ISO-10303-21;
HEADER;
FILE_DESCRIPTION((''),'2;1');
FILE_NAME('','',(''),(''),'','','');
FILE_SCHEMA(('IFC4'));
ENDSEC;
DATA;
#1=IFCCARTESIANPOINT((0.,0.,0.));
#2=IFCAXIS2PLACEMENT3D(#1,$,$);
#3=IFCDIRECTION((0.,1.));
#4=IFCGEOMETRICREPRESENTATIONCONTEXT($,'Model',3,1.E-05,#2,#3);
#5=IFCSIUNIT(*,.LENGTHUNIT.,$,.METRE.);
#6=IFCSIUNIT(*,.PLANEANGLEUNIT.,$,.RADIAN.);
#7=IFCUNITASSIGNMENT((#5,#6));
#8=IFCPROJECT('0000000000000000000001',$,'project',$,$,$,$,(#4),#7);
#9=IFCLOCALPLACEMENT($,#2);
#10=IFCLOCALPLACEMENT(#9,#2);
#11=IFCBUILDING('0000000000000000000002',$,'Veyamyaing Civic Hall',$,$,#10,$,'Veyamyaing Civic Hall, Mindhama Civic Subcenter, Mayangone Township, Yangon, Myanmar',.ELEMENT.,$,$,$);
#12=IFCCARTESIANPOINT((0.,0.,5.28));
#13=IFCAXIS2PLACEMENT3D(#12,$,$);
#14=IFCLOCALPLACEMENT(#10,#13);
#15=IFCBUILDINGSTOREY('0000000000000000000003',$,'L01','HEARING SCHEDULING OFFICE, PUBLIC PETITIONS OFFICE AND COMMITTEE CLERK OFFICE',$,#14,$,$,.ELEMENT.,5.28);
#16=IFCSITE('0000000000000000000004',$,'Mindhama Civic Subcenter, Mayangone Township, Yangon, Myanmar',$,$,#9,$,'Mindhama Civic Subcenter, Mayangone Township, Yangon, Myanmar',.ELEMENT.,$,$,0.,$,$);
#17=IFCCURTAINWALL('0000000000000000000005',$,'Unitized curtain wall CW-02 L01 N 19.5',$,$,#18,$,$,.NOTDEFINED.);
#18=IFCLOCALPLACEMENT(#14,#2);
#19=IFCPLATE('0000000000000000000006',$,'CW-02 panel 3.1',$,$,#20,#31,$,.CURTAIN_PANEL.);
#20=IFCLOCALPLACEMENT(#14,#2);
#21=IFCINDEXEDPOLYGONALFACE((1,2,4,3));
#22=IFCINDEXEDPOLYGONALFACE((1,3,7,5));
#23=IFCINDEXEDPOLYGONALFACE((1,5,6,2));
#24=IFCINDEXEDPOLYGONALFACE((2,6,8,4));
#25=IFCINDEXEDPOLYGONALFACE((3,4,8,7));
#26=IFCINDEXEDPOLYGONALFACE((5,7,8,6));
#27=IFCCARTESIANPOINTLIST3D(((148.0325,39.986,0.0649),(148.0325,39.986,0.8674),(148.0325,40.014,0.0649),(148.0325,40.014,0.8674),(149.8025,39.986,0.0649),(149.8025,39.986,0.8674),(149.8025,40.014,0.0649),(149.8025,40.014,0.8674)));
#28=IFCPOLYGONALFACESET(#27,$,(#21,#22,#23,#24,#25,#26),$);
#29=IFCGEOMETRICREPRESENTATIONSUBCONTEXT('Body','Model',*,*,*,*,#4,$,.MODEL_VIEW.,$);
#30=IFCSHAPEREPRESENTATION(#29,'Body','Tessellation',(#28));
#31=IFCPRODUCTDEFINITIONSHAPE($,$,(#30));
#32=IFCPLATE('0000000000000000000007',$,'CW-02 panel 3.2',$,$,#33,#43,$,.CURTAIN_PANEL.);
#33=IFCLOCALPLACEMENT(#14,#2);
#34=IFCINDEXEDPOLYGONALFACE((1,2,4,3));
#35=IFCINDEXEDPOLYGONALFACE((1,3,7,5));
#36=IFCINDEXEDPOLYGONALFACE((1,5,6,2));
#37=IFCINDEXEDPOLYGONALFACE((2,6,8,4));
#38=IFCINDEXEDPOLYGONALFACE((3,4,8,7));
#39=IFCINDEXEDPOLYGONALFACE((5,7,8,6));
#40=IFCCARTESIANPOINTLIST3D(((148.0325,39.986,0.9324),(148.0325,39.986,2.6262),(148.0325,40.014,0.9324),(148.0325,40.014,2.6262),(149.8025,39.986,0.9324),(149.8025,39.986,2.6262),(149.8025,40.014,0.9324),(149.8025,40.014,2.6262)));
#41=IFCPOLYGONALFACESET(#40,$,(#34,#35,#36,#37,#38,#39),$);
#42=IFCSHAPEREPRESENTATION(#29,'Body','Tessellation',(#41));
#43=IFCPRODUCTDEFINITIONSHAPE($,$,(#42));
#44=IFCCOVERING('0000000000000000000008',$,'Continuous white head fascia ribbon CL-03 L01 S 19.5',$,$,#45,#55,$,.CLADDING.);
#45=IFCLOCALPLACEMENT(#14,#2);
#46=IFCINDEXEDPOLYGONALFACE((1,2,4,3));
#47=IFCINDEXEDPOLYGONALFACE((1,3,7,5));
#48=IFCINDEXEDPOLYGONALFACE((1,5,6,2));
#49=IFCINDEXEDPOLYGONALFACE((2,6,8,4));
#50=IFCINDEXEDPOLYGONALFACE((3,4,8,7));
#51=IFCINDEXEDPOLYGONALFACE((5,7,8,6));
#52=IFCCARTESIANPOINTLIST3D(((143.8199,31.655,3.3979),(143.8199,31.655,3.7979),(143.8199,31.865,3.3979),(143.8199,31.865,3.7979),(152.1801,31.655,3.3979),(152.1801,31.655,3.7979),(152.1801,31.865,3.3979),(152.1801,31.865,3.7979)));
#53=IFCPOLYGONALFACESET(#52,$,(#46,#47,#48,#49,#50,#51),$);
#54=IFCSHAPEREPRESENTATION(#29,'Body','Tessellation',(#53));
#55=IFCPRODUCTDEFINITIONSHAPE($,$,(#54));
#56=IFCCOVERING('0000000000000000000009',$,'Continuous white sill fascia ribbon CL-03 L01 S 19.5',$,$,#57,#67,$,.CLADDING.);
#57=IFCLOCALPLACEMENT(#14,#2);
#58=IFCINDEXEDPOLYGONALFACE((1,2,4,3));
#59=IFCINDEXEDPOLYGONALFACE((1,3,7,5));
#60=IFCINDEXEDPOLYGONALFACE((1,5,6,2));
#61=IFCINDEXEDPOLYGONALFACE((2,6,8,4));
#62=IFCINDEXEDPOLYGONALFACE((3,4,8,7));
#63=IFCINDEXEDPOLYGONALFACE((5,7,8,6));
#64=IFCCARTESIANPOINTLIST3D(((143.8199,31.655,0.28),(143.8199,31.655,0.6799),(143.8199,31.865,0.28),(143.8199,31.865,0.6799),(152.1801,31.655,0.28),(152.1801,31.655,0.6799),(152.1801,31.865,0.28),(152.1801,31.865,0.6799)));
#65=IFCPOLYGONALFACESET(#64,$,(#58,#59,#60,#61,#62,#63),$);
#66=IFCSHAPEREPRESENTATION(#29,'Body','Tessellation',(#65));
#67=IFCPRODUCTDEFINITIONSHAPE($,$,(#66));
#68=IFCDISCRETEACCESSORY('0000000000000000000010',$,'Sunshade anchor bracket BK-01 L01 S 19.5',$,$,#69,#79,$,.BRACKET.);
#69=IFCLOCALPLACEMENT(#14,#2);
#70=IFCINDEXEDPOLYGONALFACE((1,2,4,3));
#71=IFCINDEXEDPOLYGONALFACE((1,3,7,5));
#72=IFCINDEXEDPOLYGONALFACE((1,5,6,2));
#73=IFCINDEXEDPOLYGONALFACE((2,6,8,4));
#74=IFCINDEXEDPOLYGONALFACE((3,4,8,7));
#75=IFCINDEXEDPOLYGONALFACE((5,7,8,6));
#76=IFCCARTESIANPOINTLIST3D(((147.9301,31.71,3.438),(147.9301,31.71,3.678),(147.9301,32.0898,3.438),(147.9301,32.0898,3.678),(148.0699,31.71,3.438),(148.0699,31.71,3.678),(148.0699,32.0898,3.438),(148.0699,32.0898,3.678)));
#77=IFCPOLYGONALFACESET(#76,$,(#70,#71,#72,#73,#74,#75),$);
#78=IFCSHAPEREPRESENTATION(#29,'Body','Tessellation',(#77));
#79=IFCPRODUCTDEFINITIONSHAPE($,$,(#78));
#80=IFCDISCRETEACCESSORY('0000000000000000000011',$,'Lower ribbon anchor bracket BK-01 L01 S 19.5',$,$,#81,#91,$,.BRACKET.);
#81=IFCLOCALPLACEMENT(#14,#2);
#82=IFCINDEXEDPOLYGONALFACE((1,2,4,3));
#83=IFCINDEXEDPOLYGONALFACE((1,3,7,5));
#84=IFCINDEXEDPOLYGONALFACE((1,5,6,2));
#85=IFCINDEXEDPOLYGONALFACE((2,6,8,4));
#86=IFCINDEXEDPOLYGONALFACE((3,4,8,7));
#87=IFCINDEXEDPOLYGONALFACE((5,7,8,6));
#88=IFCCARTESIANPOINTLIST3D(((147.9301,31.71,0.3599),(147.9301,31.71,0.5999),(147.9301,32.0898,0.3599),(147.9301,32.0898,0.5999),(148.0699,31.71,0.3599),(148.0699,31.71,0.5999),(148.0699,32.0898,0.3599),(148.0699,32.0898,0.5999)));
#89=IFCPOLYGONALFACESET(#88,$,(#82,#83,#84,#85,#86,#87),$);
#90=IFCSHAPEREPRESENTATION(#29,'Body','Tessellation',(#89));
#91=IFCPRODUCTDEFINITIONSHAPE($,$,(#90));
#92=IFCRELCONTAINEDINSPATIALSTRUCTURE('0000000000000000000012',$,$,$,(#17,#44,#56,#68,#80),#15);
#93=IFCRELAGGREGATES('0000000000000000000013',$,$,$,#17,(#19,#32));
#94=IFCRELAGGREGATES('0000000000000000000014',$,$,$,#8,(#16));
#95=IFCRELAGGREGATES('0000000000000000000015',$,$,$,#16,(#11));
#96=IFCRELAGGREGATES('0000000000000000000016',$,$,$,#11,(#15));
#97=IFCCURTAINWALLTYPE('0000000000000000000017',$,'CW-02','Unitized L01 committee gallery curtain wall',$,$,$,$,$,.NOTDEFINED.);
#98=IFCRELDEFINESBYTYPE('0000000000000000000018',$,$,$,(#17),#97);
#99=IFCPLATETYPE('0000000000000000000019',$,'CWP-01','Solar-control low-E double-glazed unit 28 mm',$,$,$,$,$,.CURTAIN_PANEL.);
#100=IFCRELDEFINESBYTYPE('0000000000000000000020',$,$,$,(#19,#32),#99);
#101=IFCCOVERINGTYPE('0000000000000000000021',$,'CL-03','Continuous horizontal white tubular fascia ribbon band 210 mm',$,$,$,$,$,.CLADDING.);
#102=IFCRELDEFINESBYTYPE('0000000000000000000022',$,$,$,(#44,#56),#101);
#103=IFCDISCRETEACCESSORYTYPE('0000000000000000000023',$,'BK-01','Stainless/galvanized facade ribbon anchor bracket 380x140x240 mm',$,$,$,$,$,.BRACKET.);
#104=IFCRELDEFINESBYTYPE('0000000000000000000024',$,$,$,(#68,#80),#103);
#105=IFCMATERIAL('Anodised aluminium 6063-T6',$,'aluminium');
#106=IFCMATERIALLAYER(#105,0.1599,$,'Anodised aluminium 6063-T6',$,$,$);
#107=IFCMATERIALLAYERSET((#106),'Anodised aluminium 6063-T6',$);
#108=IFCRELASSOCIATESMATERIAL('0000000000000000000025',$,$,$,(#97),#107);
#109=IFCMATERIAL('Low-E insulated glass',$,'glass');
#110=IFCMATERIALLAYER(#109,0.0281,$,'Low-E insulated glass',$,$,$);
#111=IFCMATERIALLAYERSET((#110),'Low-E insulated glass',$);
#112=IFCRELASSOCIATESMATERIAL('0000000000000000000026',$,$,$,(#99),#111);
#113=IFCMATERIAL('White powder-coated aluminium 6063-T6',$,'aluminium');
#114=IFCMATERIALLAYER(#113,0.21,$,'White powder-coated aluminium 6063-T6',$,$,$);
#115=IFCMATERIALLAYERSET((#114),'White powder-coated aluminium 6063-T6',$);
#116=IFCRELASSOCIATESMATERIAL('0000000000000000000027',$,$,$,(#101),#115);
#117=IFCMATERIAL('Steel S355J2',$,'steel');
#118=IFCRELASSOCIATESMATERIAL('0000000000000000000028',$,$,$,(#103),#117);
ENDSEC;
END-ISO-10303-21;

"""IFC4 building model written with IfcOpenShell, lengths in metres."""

from ifc_helpers import new_model, si_unit, direction, frame, origin, origin_2d, place, context, subcontext, project, spatial, rectangle, extrude, material, layer, layer_set, type_object, element, aggregate, save


model = new_model("IFC4")

# Units and contexts
model_context = context("Model", 3, precision=1e-05, world=origin(), true_north=direction((0.0, 1.0)))
body_context = subcontext(model_context, "Body", "Model", "MODEL_VIEW")
ifc_project = project(units=[si_unit("LENGTHUNIT", "METRE"), si_unit("PLANEANGLEUNIT", "RADIAN")], contexts=[model_context])

# Site, building, storey
site_placement = place(None, origin())
site = spatial("IfcSite", under=ifc_project, at=site_placement, Name="Mindhama Civic Subcenter, Mayangone Township, Yangon, Myanmar", LongName="Mindhama Civic Subcenter, Mayangone Township, Yangon, Myanmar", CompositionType="ELEMENT", RefElevation=0.0)
building_placement = place(site_placement, origin())
building = spatial("IfcBuilding", under=site, at=building_placement, Name="Veyamyaing Civic Hall", LongName="Veyamyaing Civic Hall, Mindhama Civic Subcenter, Mayangone Township, Yangon, Myanmar", CompositionType="ELEMENT")
storey_placement = place(building_placement, frame((0.0, 0.0, 5.28)))
storey = spatial("IfcBuildingStorey", under=building, at=storey_placement, Name="L01", Description="HEARING SCHEDULING OFFICE, PUBLIC PETITIONS OFFICE AND COMMITTEE CLERK OFFICE", CompositionType="ELEMENT", Elevation=5.28)

# Curtain wall
ifc_material_1 = material(Name="Anodised aluminium 6063-T6", Category="aluminium")
ifc_layer_1 = layer(ifc_material_1, 0.1599, Name="Anodised aluminium 6063-T6")
ifc_layer_set_1 = layer_set([ifc_layer_1], Name="Anodised aluminium 6063-T6")
curtain_wall_type = type_object("IfcCurtainWallType", Name="CW-02", Description="Unitized L01 committee gallery curtain wall", PredefinedType="NOTDEFINED", material=ifc_layer_set_1)
curtain_wall_1_placement = place(storey_placement, origin())
curtain_wall_1 = element("IfcCurtainWall", 1, at=curtain_wall_1_placement, inside=storey, type_object=curtain_wall_type, Name="Unitized curtain wall CW-02 L01 N 19.5", PredefinedType="NOTDEFINED")

# Plates
ifc_material_2 = material(Name="Low-E insulated glass", Category="glass")
ifc_layer_2 = layer(ifc_material_2, 0.0281, Name="Low-E insulated glass")
ifc_layer_set_2 = layer_set([ifc_layer_2], Name="Low-E insulated glass")
plate_type = type_object("IfcPlateType", Name="CWP-01", Description="Solar-control low-E double-glazed unit 28 mm", PredefinedType="CURTAIN_PANEL", material=ifc_layer_set_2)
plate_1_placement = place(storey_placement, frame((148.9175, 40.0, 0.0649), z_axis=(0.0, 0.0, 1.0), x_axis=(1.0, 0.0, 0.0)))
plate_1 = element("IfcPlate", 2, at=plate_1_placement, type_object=plate_type, Name="CW-02 panel 3.1", PredefinedType="CURTAIN_PANEL", context=body_context, shape_type="SweptSolid", body=[
    extrude(rectangle(XDim=1.77, YDim=0.0281, at=origin_2d()), origin(), (0.0, 0.0, 1.0), 0.8025),
])
plate_2_placement = place(storey_placement, frame((148.9175, 40.0, 0.9324), z_axis=(0.0, 0.0, 1.0), x_axis=(1.0, 0.0, 0.0)))
plate_2 = element("IfcPlate", 3, at=plate_2_placement, type_object=plate_type, Name="CW-02 panel 3.2", PredefinedType="CURTAIN_PANEL", context=body_context, shape_type="SweptSolid", body=[
    extrude(rectangle(XDim=1.77, YDim=0.0281, at=origin_2d()), origin(), (0.0, 0.0, 1.0), 1.6938),
])
aggregate(curtain_wall_1, [plate_1, plate_2])

# Coverings
ifc_material_3 = material(Name="White powder-coated aluminium 6063-T6", Category="aluminium")
ifc_layer_3 = layer(ifc_material_3, 0.21, Name="White powder-coated aluminium 6063-T6")
ifc_layer_set_3 = layer_set([ifc_layer_3], Name="White powder-coated aluminium 6063-T6")
covering_type = type_object("IfcCoveringType", Name="CL-03", Description="Continuous horizontal white tubular fascia ribbon band 210 mm", PredefinedType="CLADDING", material=ifc_layer_set_3)
for number, where, z_axis, x_axis, name in (
    (4, (148.0, 31.76, 3.3979), (0.0, 0.0, 1.0), (1.0, 0.0, 0.0), "Continuous white head fascia ribbon CL-03 L01 S 19.5"),
    (5, (148.0, 31.76, 0.28), (0.0, 0.0, 1.0), (1.0, 0.0, 0.0), "Continuous white sill fascia ribbon CL-03 L01 S 19.5"),
):
    element("IfcCovering", number, at=place(storey_placement, frame(where, z_axis=z_axis, x_axis=x_axis)), inside=storey, type_object=covering_type, Name=name, PredefinedType="CLADDING", context=body_context, shape_type="SweptSolid", body=[
        extrude(rectangle(XDim=8.3601, YDim=0.21, at=origin_2d()), origin(), (0.0, 0.0, 1.0), 0.3999),
    ])

# Discrete accessories
ifc_material_4 = material(Name="Steel S355J2", Category="steel")
discrete_accessory_type = type_object("IfcDiscreteAccessoryType", Name="BK-01", Description="Stainless/galvanized facade ribbon anchor bracket 380x140x240 mm", PredefinedType="BRACKET", material=ifc_material_4)
for number, where, z_axis, x_axis, name in (
    (6, (148.0, 31.8999, 3.438), (0.0, 0.0, 1.0), (0.0, -1.0, 0.0), "Sunshade anchor bracket BK-01 L01 S 19.5"),
    (7, (148.0, 31.8999, 0.3599), (0.0, 0.0, 1.0), (0.0, -1.0, 0.0), "Lower ribbon anchor bracket BK-01 L01 S 19.5"),
):
    element("IfcDiscreteAccessory", number, at=place(storey_placement, frame(where, z_axis=z_axis, x_axis=x_axis)), inside=storey, type_object=discrete_accessory_type, Name=name, PredefinedType="BRACKET", context=body_context, shape_type="SweptSolid", body=[
        extrude(rectangle(XDim=0.3799, YDim=0.1399, at=origin_2d()), origin(), (0.0, 0.0, 1.0), 0.24),
    ])

save(model, "model.ifc")
